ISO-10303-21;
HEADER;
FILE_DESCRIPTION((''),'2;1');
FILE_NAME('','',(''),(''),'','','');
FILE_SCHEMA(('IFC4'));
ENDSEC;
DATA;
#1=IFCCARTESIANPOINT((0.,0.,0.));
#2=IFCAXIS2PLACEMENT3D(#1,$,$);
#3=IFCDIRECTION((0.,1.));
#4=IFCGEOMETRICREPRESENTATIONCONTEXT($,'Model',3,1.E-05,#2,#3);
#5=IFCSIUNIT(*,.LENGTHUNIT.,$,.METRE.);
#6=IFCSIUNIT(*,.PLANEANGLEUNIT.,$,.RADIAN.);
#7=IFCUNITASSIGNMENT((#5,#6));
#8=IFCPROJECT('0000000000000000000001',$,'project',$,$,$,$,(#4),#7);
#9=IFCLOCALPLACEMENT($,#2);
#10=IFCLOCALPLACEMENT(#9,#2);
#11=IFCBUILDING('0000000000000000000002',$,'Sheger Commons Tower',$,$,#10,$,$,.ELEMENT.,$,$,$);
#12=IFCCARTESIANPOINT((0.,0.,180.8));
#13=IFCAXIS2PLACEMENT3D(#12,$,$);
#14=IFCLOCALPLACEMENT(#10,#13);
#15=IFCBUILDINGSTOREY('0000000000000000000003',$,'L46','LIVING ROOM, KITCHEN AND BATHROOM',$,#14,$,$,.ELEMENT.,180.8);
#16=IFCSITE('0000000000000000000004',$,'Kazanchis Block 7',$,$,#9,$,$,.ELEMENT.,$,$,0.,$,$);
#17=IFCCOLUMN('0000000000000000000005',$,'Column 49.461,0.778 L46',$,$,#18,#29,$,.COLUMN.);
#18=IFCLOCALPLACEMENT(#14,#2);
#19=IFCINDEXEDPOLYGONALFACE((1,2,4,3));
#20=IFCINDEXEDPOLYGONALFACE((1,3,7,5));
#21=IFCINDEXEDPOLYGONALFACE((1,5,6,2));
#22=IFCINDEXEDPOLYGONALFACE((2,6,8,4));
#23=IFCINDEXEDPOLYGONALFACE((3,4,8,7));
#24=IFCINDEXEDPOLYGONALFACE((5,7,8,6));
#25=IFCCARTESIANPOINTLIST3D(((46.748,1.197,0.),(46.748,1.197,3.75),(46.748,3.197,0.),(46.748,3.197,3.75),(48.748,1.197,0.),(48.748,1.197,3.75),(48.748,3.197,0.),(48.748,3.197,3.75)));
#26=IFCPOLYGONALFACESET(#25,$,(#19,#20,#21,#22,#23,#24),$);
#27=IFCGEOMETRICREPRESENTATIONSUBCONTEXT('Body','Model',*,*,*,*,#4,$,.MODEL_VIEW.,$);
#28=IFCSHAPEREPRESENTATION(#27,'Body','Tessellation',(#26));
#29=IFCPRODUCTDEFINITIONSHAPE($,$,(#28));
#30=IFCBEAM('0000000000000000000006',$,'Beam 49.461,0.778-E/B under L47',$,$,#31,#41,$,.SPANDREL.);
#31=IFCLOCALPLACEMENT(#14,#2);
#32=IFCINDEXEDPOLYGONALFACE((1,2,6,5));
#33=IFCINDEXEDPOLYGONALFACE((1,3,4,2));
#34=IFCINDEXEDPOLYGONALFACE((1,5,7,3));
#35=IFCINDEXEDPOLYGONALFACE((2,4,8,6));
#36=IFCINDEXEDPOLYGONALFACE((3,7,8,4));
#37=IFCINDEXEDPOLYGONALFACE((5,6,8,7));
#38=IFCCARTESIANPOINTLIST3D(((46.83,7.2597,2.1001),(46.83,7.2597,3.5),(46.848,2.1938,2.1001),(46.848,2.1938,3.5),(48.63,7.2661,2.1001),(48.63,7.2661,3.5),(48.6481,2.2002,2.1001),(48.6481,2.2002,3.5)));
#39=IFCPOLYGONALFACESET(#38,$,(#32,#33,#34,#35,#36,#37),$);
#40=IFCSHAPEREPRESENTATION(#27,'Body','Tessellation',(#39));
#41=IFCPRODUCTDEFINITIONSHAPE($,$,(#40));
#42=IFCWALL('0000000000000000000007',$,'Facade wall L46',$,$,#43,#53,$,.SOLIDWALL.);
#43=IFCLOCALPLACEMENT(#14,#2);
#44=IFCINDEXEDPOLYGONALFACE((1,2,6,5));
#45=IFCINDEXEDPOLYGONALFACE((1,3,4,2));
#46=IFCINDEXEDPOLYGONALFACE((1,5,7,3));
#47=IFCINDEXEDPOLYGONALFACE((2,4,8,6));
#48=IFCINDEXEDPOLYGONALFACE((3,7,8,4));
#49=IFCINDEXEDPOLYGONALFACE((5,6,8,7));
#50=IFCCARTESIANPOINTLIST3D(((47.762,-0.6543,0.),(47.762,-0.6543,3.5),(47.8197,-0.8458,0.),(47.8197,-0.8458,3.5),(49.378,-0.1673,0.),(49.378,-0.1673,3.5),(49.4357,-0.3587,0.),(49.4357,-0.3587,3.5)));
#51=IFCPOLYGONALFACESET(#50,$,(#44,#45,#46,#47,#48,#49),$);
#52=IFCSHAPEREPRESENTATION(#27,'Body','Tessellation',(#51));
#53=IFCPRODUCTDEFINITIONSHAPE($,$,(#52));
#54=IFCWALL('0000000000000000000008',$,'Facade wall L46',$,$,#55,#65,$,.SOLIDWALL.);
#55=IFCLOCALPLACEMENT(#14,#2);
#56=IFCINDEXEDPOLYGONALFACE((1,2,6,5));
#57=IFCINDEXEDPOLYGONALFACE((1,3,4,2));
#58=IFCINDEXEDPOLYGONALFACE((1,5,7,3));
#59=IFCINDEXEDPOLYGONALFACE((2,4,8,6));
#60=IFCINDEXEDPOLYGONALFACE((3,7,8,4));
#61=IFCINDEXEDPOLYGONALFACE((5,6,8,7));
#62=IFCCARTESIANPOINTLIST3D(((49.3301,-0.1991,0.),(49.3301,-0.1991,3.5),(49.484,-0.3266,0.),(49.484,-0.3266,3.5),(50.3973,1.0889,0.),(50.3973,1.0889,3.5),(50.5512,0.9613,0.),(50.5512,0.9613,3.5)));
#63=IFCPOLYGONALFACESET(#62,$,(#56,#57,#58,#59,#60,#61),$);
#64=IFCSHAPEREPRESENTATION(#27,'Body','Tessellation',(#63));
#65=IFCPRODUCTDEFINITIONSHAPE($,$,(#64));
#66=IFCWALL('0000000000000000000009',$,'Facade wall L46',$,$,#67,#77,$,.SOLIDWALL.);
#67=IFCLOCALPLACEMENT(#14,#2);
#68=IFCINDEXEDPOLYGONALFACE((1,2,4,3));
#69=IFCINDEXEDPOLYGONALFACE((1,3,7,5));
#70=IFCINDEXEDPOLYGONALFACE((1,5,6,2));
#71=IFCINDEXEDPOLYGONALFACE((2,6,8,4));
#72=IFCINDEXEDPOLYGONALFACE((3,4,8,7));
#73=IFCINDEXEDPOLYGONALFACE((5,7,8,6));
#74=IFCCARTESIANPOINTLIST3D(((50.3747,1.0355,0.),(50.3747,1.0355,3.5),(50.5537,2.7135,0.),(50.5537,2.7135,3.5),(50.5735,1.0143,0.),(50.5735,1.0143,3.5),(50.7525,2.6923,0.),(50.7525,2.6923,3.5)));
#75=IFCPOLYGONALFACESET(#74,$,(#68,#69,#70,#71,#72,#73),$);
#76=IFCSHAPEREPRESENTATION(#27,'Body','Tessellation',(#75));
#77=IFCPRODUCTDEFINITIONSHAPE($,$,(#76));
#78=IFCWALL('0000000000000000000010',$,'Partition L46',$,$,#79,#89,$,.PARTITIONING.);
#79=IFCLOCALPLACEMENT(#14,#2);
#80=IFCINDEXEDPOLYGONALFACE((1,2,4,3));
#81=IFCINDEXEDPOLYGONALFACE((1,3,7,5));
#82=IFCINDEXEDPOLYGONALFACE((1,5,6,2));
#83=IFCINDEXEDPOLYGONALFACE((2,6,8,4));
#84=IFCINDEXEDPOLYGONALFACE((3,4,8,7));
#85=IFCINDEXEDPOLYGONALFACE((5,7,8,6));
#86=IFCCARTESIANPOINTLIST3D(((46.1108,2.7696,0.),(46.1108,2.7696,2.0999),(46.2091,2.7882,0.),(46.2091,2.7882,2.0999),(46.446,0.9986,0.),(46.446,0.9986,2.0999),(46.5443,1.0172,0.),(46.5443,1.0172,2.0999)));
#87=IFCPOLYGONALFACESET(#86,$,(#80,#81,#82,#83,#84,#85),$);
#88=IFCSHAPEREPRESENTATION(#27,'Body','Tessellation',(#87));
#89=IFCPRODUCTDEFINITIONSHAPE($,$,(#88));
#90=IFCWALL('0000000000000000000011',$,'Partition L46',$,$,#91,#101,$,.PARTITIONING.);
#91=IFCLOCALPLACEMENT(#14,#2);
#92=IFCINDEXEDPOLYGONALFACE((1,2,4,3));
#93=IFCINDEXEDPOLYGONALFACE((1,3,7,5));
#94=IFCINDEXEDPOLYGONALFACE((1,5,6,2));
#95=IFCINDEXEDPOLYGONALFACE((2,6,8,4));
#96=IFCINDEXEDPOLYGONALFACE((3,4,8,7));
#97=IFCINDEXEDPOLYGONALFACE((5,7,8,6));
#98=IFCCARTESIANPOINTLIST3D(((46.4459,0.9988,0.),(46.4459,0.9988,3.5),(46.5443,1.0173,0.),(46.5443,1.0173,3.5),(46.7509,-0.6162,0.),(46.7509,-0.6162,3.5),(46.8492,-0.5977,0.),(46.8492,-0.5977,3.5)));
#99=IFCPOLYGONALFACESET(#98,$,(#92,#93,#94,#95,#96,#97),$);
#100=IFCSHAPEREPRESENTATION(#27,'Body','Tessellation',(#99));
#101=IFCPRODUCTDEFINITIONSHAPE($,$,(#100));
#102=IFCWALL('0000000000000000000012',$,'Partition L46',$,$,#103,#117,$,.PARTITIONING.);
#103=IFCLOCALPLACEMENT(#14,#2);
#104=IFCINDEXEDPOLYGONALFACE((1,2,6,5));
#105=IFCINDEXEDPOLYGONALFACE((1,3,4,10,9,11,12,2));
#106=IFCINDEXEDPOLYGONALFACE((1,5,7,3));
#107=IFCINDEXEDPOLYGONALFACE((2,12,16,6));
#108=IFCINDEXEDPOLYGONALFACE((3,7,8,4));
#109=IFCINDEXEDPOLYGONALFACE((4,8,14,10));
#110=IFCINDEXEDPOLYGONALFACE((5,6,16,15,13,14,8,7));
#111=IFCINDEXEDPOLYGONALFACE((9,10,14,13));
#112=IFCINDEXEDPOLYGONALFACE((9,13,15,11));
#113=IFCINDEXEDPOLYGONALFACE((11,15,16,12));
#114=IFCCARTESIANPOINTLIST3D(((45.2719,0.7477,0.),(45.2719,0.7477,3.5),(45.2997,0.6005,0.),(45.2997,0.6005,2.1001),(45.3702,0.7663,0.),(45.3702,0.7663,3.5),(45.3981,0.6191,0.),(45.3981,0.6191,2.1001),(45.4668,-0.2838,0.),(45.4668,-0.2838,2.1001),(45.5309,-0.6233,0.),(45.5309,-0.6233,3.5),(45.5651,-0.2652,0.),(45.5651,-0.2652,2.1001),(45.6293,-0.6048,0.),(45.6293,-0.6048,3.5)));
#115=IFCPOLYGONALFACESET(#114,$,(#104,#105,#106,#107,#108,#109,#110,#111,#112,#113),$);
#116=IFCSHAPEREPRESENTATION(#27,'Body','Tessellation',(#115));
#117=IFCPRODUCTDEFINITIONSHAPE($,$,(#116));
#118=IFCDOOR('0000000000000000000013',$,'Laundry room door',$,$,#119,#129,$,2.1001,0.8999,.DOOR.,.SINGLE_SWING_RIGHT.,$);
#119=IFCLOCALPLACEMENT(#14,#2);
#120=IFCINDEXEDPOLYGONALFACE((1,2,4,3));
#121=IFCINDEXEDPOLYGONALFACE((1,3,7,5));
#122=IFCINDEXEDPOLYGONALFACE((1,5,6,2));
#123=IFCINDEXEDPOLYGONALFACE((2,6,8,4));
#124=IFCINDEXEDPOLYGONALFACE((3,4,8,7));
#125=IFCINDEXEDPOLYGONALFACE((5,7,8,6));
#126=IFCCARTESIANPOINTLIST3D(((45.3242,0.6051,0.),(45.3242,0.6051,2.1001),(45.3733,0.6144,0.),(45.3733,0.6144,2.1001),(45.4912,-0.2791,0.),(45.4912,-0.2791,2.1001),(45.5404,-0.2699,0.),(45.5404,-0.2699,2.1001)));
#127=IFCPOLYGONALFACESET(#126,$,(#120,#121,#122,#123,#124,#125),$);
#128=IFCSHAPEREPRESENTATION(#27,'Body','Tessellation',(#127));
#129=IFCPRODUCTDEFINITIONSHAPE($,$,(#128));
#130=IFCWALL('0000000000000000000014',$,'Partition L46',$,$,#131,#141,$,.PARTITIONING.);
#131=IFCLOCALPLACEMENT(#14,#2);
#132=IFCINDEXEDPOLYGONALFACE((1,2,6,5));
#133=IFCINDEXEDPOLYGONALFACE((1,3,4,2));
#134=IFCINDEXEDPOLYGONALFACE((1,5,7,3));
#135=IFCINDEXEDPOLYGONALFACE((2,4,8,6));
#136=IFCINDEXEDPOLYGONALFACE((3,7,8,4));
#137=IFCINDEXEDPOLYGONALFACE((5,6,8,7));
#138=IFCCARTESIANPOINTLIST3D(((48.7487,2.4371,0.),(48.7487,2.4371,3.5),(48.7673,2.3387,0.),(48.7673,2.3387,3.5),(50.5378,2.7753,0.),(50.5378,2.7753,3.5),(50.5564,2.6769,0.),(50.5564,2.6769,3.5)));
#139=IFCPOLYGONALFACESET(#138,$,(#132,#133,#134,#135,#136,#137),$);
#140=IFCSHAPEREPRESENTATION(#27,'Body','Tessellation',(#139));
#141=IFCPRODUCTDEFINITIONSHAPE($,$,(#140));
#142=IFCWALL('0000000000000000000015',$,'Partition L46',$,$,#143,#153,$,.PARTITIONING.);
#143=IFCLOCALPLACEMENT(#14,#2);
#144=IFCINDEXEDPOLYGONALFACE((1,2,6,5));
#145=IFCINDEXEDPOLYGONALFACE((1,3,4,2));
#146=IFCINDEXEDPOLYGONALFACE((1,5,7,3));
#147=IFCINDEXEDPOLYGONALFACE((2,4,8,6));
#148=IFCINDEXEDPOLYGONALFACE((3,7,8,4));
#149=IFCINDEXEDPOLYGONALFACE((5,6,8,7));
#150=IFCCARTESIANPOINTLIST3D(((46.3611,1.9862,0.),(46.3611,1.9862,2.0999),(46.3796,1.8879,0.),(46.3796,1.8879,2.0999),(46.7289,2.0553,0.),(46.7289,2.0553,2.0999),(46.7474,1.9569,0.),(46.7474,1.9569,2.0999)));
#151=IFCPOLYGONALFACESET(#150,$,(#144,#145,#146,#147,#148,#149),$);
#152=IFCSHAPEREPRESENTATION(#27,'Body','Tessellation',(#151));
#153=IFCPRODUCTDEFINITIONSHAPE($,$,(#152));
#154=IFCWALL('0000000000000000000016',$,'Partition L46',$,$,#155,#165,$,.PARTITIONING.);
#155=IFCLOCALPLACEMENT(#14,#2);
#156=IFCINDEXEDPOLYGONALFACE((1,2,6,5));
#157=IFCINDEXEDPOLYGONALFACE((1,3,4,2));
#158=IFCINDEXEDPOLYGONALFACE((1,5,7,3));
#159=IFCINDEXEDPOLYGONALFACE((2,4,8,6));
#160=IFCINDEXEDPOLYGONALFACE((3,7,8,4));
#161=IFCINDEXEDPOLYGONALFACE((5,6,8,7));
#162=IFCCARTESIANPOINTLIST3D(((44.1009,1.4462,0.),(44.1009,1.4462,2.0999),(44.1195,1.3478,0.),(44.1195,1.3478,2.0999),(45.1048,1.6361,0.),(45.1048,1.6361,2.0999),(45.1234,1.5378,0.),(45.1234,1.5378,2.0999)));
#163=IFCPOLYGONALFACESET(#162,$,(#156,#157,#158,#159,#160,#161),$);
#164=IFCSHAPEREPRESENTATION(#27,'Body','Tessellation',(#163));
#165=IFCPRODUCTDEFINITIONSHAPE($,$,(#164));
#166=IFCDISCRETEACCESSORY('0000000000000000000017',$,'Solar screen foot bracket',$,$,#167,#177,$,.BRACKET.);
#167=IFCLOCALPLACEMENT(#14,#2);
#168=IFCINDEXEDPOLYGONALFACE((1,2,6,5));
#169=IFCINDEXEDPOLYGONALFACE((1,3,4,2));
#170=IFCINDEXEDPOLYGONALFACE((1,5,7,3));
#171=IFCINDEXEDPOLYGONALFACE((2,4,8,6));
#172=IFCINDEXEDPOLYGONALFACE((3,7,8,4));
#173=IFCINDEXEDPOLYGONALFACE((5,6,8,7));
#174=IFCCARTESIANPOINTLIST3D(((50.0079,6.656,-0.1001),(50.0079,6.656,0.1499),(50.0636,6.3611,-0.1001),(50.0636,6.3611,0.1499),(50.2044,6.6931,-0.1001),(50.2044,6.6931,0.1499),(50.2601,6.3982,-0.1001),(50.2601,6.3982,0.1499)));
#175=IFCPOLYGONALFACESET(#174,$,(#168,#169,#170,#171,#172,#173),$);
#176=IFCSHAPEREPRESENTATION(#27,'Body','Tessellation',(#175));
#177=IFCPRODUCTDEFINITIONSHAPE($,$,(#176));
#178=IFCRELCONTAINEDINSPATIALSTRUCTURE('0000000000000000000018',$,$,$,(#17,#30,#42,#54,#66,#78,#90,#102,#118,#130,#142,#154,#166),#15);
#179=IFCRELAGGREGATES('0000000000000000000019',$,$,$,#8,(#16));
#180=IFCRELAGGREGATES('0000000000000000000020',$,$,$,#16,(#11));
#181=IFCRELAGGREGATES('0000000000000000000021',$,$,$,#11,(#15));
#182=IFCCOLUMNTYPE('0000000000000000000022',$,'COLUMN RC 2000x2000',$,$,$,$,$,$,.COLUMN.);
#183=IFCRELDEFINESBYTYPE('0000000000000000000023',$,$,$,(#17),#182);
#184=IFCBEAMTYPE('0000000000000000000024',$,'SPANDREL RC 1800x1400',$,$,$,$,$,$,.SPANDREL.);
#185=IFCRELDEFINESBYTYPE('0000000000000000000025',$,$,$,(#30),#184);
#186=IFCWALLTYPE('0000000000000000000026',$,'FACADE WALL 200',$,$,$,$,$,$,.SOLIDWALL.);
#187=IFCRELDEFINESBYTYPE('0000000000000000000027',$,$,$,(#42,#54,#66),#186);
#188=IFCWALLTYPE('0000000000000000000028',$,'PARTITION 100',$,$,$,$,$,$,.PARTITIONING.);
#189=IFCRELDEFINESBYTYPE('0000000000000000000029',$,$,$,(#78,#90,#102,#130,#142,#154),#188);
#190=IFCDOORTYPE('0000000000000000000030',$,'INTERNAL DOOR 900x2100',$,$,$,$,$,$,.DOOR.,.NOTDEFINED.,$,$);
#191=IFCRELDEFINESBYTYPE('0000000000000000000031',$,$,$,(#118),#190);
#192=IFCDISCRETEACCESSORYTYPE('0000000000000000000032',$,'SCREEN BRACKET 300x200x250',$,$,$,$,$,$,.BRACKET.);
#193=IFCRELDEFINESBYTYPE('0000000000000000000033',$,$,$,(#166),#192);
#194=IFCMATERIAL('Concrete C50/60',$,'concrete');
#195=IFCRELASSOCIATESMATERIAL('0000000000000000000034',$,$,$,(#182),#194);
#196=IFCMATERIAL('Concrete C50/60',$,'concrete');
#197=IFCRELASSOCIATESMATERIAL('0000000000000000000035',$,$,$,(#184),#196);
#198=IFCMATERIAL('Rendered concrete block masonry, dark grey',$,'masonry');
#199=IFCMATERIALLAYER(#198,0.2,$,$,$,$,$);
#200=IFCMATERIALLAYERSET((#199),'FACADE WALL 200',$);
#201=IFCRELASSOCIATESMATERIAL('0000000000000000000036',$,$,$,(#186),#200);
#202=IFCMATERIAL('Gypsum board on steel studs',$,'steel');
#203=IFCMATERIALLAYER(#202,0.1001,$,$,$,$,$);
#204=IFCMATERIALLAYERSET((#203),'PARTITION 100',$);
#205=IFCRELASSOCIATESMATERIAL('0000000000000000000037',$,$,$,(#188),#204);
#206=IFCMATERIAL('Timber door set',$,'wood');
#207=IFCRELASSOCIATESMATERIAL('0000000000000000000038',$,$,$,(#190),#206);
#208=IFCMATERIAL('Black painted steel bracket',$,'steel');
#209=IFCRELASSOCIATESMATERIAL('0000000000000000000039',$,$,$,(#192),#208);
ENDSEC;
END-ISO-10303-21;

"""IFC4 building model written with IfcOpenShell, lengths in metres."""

from ifc_helpers import new_model, si_unit, direction, frame, frame_2d, origin, origin_2d, place, context, subcontext, project, spatial, rectangle, extrude, material, layer, layer_set, material_profile, profile_set, type_object, element, fill, save


model = new_model("IFC4")

# Units and contexts
model_context = context("Model", 3, precision=1e-05, world=origin(), true_north=direction((0.0, 1.0)))
body_context = subcontext(model_context, "Body", "Model", "MODEL_VIEW")
ifc_project = project(units=[si_unit("LENGTHUNIT", "METRE"), si_unit("PLANEANGLEUNIT", "RADIAN")], contexts=[model_context])

# Site, building, storey
site_placement = place(None, origin())
site = spatial("IfcSite", under=ifc_project, at=site_placement, Name="Kazanchis Block 7", CompositionType="ELEMENT", RefElevation=0.0)
building_placement = place(site_placement, origin())
building = spatial("IfcBuilding", under=site, at=building_placement, Name="Sheger Commons Tower", CompositionType="ELEMENT")
storey_placement = place(building_placement, frame((0.0, 0.0, 180.8)))
storey = spatial("IfcBuildingStorey", under=building, at=storey_placement, Name="L46", Description="LIVING ROOM, KITCHEN AND BATHROOM", CompositionType="ELEMENT", Elevation=180.8)

# Column
ifc_material_1 = material(Name="Concrete C50/60", Category="concrete")
ifc_material_profile_1 = material_profile(ifc_material_1, rectangle(XDim=2.0, YDim=2.0, at=origin_2d()), Name="RC 2000x2000")
ifc_profile_set_1 = profile_set([ifc_material_profile_1], Name="Concrete C50/60")
column_type = type_object("IfcColumnType", Name="COLUMN RC 2000x2000", PredefinedType="COLUMN", material=ifc_profile_set_1)
column_placement = place(storey_placement, frame((47.748, 2.197, 0.0), z_axis=(0.0, 0.0, 1.0), x_axis=(1.0, 0.0, 0.0)))
element("IfcColumn", 1, at=column_placement, inside=storey, type_object=column_type, Name="Column 49.461,0.778 L46", PredefinedType="COLUMN", context=body_context, shape_type="SweptSolid", body=[
    extrude(rectangle(XDim=2.0, YDim=2.0, at=origin_2d()), origin(), (0.0, 0.0, 1.0), 3.75),
])

# Beam
ifc_material_2 = material(Name="Concrete C50/60", Category="concrete")
ifc_material_profile_2 = material_profile(ifc_material_2, rectangle(XDim=1.8, YDim=1.3999, at=origin_2d()), Name="RC 1800x1400")
ifc_profile_set_2 = profile_set([ifc_material_profile_2], Name="Concrete C50/60")
beam_type = type_object("IfcBeamType", Name="SPANDREL RC 1800x1400", PredefinedType="SPANDREL", material=ifc_profile_set_2)
beam_placement = place(storey_placement, frame((47.748, 2.197, 2.8), z_axis=(-0.003566, 0.999994, 0.0), x_axis=(-0.999994, -0.003566, 0.0)))
element("IfcBeam", 2, at=beam_placement, inside=storey, type_object=beam_type, Name="Beam 49.461,0.778-E/B under L47", PredefinedType="SPANDREL", context=body_context, shape_type="SweptSolid", body=[
    extrude(rectangle(XDim=1.8, YDim=1.3999, at=origin_2d()), origin(), (0.0, 0.0, 1.0), 5.0659),
])

# Walls
ifc_material_3 = material(Name="Rendered concrete block masonry, dark grey", Category="masonry")
ifc_layer_1 = layer(ifc_material_3, 0.2)
ifc_layer_set_1 = layer_set([ifc_layer_1], Name="FACADE WALL 200")
wall_type_1 = type_object("IfcWallType", Name="FACADE WALL 200", PredefinedType="SOLIDWALL", material=ifc_layer_set_1)
wall_1_placement = place(storey_placement, frame((47.791, -0.75, 0.0), z_axis=(0.0, 0.0, 1.0), x_axis=(0.957455, 0.288582, 0.0)))
element("IfcWall", 3, at=wall_1_placement, inside=storey, type_object=wall_type_1, Name="Facade wall L46", PredefinedType="SOLIDWALL", context=body_context, shape_type="SweptSolid", body=[
    extrude(rectangle(XDim=1.6877, YDim=0.2, at=frame_2d((0.8438, 0.0))), origin(), (0.0, 0.0, 1.0), 3.5),
])
wall_2_placement = place(storey_placement, frame((49.407, -0.2629, 0.0), z_axis=(0.0, 0.0, 1.0), x_axis=(0.638043, 0.770001, 0.0)))
element("IfcWall", 4, at=wall_2_placement, inside=storey, type_object=wall_type_1, Name="Facade wall L46", PredefinedType="SOLIDWALL", context=body_context, shape_type="SweptSolid", body=[
    extrude(rectangle(XDim=1.6726, YDim=0.2, at=frame_2d((0.8364, 0.0))), origin(), (0.0, 0.0, 1.0), 3.5),
])
wall_3_placement = place(storey_placement, frame((50.4741, 1.0249, 0.0), z_axis=(0.0, 0.0, 1.0), x_axis=(0.106048, 0.994361, 0.0)))
element("IfcWall", 5, at=wall_3_placement, inside=storey, type_object=wall_type_1, Name="Facade wall L46", PredefinedType="SOLIDWALL", context=body_context, shape_type="SweptSolid", body=[
    extrude(rectangle(XDim=1.6875, YDim=0.2, at=frame_2d((0.8438, 0.0))), origin(), (0.0, 0.0, 1.0), 3.5),
])

# Walls
ifc_material_4 = material(Name="Gypsum board on steel studs", Category="steel")
ifc_layer_2 = layer(ifc_material_4, 0.1001)
ifc_layer_set_2 = layer_set([ifc_layer_2], Name="PARTITION 100")
wall_type_2 = type_object("IfcWallType", Name="PARTITION 100", PredefinedType="PARTITIONING", material=ifc_layer_set_2)
wall_4_placement = place(storey_placement, frame((46.1599, 2.7791, 0.0), z_axis=(0.0, 0.0, 1.0), x_axis=(0.185973, -0.982555, 0.0)))
element("IfcWall", 6, at=wall_4_placement, inside=storey, type_object=wall_type_2, Name="Partition L46", PredefinedType="PARTITIONING", context=body_context, shape_type="SweptSolid", body=[
    extrude(rectangle(XDim=1.8025, YDim=0.1001, at=frame_2d((0.9014, 0.0))), origin(), (0.0, 0.0, 1.0), 2.0999),
])
wall_5_placement = place(storey_placement, frame((46.4951, 1.0081, 0.0), z_axis=(0.0, 0.0, 1.0), x_axis=(0.185535, -0.982638, 0.0)))
element("IfcWall", 7, at=wall_5_placement, inside=storey, type_object=wall_type_2, Name="Partition L46", PredefinedType="PARTITIONING", context=body_context, shape_type="SweptSolid", body=[
    extrude(rectangle(XDim=1.6436, YDim=0.1001, at=frame_2d((0.8218, 0.0))), origin(), (0.0, 0.0, 1.0), 3.5),
])

# Wall, opening, door
wall_6_placement = place(storey_placement, frame((45.321, 0.7571, 0.0), z_axis=(0.0, 0.0, 1.0), x_axis=(0.185641, -0.982618, 0.0)))
wall_6 = element("IfcWall", 8, at=wall_6_placement, inside=storey, type_object=wall_type_2, Name="Partition L46", PredefinedType="PARTITIONING", context=body_context, shape_type="SweptSolid", body=[
    extrude(rectangle(XDim=1.3953, YDim=0.1001, at=frame_2d((0.6978, 0.0))), origin(), (0.0, 0.0, 1.0), 3.5),
])
opening_1_placement = place(wall_6_placement, frame((0.1499, 0.0, 0.0)))
opening_1 = element("IfcOpeningElement", 9, at=opening_1_placement, cuts=wall_6, PredefinedType="OPENING", context=body_context, shape_type="SweptSolid", body=[
    extrude(rectangle(XDim=0.8999, YDim=2.1001, at=frame_2d((0.45, 1.05))), frame((0.0, 0.0601, 0.0), z_axis=(0.0, -1.0, 0.0), x_axis=(1.0, 0.0, 0.0)), (0.0, 0.0, 1.0), 0.1201),
])
ifc_material_5 = material(Name="Timber door set", Category="wood")
door_type = type_object("IfcDoorType", Name="INTERNAL DOOR 900x2100", OperationType="NOTDEFINED", PredefinedType="DOOR", material=ifc_material_5)
door_placement = place(opening_1_placement, origin())
door = element("IfcDoor", 10, at=door_placement, inside=storey, type_object=door_type, Name="Laundry room door", OperationType="SINGLE_SWING_RIGHT", OverallHeight=2.1001, OverallWidth=0.8999, PredefinedType="DOOR", context=body_context, shape_type="SweptSolid", body=[
    extrude(rectangle(XDim=0.8999, YDim=2.1001, at=frame_2d((0.45, 1.05))), frame((0.0, 0.0249, 0.0), z_axis=(0.0, -1.0, 0.0), x_axis=(1.0, 0.0, 0.0)), (0.0, 0.0, 1.0), 0.05),
])
fill(opening_1, door)

# Walls
wall_7_placement = place(storey_placement, frame((50.5471, 2.7261, 0.0), z_axis=(0.0, 0.0, 1.0), x_axis=(-0.982604, -0.185713, 0.0)))
element("IfcWall", 11, at=wall_7_placement, inside=storey, type_object=wall_type_2, Name="Partition L46", PredefinedType="PARTITIONING", context=body_context, shape_type="SweptSolid", body=[
    extrude(rectangle(XDim=1.8208, YDim=0.1001, at=frame_2d((0.9104, 0.0))), origin(), (0.0, 0.0, 1.0), 3.5),
])
wall_8_placement = place(storey_placement, frame((46.738, 2.0061, 0.0), z_axis=(0.0, 0.0, 1.0), x_axis=(-0.98282, -0.184564, 0.0)))
element("IfcWall", 12, at=wall_8_placement, inside=storey, type_object=wall_type_2, Name="Partition L46", PredefinedType="PARTITIONING", context=body_context, shape_type="SweptSolid", body=[
    extrude(rectangle(XDim=0.3743, YDim=0.1001, at=frame_2d((0.187, 0.0))), origin(), (0.0, 0.0, 1.0), 2.0999),
])
wall_9_placement = place(storey_placement, frame((45.114, 1.5869, 0.0), z_axis=(0.0, 0.0, 1.0), x_axis=(-0.982568, -0.185904, 0.0)))
element("IfcWall", 13, at=wall_9_placement, inside=storey, type_object=wall_type_2, Name="Partition L46", PredefinedType="PARTITIONING", context=body_context, shape_type="SweptSolid", body=[
    extrude(rectangle(XDim=1.0217, YDim=0.1001, at=frame_2d((0.5107, 0.0))), origin(), (0.0, 0.0, 1.0), 2.0999),
])

# Discrete accessory
ifc_material_6 = material(Name="Black painted steel bracket", Category="steel")
discrete_accessory_type = type_object("IfcDiscreteAccessoryType", Name="SCREEN BRACKET 300x200x250", PredefinedType="BRACKET", material=ifc_material_6)
for number, where, z_axis, x_axis, name in (
    (14, (50.134, 6.5271, -0.1001), (0.0, 0.0, 1.0), (-0.185615, 0.982623, 0.0), "Solar screen foot bracket"),
):
    element("IfcDiscreteAccessory", number, at=place(storey_placement, frame(where, z_axis=z_axis, x_axis=x_axis)), inside=storey, type_object=discrete_accessory_type, Name=name, PredefinedType="BRACKET", context=body_context, shape_type="SweptSolid", body=[
        extrude(rectangle(XDim=0.3, YDim=0.2, at=origin_2d()), origin(), (0.0, 0.0, 1.0), 0.25),
    ])

save(model, "model.ifc")
